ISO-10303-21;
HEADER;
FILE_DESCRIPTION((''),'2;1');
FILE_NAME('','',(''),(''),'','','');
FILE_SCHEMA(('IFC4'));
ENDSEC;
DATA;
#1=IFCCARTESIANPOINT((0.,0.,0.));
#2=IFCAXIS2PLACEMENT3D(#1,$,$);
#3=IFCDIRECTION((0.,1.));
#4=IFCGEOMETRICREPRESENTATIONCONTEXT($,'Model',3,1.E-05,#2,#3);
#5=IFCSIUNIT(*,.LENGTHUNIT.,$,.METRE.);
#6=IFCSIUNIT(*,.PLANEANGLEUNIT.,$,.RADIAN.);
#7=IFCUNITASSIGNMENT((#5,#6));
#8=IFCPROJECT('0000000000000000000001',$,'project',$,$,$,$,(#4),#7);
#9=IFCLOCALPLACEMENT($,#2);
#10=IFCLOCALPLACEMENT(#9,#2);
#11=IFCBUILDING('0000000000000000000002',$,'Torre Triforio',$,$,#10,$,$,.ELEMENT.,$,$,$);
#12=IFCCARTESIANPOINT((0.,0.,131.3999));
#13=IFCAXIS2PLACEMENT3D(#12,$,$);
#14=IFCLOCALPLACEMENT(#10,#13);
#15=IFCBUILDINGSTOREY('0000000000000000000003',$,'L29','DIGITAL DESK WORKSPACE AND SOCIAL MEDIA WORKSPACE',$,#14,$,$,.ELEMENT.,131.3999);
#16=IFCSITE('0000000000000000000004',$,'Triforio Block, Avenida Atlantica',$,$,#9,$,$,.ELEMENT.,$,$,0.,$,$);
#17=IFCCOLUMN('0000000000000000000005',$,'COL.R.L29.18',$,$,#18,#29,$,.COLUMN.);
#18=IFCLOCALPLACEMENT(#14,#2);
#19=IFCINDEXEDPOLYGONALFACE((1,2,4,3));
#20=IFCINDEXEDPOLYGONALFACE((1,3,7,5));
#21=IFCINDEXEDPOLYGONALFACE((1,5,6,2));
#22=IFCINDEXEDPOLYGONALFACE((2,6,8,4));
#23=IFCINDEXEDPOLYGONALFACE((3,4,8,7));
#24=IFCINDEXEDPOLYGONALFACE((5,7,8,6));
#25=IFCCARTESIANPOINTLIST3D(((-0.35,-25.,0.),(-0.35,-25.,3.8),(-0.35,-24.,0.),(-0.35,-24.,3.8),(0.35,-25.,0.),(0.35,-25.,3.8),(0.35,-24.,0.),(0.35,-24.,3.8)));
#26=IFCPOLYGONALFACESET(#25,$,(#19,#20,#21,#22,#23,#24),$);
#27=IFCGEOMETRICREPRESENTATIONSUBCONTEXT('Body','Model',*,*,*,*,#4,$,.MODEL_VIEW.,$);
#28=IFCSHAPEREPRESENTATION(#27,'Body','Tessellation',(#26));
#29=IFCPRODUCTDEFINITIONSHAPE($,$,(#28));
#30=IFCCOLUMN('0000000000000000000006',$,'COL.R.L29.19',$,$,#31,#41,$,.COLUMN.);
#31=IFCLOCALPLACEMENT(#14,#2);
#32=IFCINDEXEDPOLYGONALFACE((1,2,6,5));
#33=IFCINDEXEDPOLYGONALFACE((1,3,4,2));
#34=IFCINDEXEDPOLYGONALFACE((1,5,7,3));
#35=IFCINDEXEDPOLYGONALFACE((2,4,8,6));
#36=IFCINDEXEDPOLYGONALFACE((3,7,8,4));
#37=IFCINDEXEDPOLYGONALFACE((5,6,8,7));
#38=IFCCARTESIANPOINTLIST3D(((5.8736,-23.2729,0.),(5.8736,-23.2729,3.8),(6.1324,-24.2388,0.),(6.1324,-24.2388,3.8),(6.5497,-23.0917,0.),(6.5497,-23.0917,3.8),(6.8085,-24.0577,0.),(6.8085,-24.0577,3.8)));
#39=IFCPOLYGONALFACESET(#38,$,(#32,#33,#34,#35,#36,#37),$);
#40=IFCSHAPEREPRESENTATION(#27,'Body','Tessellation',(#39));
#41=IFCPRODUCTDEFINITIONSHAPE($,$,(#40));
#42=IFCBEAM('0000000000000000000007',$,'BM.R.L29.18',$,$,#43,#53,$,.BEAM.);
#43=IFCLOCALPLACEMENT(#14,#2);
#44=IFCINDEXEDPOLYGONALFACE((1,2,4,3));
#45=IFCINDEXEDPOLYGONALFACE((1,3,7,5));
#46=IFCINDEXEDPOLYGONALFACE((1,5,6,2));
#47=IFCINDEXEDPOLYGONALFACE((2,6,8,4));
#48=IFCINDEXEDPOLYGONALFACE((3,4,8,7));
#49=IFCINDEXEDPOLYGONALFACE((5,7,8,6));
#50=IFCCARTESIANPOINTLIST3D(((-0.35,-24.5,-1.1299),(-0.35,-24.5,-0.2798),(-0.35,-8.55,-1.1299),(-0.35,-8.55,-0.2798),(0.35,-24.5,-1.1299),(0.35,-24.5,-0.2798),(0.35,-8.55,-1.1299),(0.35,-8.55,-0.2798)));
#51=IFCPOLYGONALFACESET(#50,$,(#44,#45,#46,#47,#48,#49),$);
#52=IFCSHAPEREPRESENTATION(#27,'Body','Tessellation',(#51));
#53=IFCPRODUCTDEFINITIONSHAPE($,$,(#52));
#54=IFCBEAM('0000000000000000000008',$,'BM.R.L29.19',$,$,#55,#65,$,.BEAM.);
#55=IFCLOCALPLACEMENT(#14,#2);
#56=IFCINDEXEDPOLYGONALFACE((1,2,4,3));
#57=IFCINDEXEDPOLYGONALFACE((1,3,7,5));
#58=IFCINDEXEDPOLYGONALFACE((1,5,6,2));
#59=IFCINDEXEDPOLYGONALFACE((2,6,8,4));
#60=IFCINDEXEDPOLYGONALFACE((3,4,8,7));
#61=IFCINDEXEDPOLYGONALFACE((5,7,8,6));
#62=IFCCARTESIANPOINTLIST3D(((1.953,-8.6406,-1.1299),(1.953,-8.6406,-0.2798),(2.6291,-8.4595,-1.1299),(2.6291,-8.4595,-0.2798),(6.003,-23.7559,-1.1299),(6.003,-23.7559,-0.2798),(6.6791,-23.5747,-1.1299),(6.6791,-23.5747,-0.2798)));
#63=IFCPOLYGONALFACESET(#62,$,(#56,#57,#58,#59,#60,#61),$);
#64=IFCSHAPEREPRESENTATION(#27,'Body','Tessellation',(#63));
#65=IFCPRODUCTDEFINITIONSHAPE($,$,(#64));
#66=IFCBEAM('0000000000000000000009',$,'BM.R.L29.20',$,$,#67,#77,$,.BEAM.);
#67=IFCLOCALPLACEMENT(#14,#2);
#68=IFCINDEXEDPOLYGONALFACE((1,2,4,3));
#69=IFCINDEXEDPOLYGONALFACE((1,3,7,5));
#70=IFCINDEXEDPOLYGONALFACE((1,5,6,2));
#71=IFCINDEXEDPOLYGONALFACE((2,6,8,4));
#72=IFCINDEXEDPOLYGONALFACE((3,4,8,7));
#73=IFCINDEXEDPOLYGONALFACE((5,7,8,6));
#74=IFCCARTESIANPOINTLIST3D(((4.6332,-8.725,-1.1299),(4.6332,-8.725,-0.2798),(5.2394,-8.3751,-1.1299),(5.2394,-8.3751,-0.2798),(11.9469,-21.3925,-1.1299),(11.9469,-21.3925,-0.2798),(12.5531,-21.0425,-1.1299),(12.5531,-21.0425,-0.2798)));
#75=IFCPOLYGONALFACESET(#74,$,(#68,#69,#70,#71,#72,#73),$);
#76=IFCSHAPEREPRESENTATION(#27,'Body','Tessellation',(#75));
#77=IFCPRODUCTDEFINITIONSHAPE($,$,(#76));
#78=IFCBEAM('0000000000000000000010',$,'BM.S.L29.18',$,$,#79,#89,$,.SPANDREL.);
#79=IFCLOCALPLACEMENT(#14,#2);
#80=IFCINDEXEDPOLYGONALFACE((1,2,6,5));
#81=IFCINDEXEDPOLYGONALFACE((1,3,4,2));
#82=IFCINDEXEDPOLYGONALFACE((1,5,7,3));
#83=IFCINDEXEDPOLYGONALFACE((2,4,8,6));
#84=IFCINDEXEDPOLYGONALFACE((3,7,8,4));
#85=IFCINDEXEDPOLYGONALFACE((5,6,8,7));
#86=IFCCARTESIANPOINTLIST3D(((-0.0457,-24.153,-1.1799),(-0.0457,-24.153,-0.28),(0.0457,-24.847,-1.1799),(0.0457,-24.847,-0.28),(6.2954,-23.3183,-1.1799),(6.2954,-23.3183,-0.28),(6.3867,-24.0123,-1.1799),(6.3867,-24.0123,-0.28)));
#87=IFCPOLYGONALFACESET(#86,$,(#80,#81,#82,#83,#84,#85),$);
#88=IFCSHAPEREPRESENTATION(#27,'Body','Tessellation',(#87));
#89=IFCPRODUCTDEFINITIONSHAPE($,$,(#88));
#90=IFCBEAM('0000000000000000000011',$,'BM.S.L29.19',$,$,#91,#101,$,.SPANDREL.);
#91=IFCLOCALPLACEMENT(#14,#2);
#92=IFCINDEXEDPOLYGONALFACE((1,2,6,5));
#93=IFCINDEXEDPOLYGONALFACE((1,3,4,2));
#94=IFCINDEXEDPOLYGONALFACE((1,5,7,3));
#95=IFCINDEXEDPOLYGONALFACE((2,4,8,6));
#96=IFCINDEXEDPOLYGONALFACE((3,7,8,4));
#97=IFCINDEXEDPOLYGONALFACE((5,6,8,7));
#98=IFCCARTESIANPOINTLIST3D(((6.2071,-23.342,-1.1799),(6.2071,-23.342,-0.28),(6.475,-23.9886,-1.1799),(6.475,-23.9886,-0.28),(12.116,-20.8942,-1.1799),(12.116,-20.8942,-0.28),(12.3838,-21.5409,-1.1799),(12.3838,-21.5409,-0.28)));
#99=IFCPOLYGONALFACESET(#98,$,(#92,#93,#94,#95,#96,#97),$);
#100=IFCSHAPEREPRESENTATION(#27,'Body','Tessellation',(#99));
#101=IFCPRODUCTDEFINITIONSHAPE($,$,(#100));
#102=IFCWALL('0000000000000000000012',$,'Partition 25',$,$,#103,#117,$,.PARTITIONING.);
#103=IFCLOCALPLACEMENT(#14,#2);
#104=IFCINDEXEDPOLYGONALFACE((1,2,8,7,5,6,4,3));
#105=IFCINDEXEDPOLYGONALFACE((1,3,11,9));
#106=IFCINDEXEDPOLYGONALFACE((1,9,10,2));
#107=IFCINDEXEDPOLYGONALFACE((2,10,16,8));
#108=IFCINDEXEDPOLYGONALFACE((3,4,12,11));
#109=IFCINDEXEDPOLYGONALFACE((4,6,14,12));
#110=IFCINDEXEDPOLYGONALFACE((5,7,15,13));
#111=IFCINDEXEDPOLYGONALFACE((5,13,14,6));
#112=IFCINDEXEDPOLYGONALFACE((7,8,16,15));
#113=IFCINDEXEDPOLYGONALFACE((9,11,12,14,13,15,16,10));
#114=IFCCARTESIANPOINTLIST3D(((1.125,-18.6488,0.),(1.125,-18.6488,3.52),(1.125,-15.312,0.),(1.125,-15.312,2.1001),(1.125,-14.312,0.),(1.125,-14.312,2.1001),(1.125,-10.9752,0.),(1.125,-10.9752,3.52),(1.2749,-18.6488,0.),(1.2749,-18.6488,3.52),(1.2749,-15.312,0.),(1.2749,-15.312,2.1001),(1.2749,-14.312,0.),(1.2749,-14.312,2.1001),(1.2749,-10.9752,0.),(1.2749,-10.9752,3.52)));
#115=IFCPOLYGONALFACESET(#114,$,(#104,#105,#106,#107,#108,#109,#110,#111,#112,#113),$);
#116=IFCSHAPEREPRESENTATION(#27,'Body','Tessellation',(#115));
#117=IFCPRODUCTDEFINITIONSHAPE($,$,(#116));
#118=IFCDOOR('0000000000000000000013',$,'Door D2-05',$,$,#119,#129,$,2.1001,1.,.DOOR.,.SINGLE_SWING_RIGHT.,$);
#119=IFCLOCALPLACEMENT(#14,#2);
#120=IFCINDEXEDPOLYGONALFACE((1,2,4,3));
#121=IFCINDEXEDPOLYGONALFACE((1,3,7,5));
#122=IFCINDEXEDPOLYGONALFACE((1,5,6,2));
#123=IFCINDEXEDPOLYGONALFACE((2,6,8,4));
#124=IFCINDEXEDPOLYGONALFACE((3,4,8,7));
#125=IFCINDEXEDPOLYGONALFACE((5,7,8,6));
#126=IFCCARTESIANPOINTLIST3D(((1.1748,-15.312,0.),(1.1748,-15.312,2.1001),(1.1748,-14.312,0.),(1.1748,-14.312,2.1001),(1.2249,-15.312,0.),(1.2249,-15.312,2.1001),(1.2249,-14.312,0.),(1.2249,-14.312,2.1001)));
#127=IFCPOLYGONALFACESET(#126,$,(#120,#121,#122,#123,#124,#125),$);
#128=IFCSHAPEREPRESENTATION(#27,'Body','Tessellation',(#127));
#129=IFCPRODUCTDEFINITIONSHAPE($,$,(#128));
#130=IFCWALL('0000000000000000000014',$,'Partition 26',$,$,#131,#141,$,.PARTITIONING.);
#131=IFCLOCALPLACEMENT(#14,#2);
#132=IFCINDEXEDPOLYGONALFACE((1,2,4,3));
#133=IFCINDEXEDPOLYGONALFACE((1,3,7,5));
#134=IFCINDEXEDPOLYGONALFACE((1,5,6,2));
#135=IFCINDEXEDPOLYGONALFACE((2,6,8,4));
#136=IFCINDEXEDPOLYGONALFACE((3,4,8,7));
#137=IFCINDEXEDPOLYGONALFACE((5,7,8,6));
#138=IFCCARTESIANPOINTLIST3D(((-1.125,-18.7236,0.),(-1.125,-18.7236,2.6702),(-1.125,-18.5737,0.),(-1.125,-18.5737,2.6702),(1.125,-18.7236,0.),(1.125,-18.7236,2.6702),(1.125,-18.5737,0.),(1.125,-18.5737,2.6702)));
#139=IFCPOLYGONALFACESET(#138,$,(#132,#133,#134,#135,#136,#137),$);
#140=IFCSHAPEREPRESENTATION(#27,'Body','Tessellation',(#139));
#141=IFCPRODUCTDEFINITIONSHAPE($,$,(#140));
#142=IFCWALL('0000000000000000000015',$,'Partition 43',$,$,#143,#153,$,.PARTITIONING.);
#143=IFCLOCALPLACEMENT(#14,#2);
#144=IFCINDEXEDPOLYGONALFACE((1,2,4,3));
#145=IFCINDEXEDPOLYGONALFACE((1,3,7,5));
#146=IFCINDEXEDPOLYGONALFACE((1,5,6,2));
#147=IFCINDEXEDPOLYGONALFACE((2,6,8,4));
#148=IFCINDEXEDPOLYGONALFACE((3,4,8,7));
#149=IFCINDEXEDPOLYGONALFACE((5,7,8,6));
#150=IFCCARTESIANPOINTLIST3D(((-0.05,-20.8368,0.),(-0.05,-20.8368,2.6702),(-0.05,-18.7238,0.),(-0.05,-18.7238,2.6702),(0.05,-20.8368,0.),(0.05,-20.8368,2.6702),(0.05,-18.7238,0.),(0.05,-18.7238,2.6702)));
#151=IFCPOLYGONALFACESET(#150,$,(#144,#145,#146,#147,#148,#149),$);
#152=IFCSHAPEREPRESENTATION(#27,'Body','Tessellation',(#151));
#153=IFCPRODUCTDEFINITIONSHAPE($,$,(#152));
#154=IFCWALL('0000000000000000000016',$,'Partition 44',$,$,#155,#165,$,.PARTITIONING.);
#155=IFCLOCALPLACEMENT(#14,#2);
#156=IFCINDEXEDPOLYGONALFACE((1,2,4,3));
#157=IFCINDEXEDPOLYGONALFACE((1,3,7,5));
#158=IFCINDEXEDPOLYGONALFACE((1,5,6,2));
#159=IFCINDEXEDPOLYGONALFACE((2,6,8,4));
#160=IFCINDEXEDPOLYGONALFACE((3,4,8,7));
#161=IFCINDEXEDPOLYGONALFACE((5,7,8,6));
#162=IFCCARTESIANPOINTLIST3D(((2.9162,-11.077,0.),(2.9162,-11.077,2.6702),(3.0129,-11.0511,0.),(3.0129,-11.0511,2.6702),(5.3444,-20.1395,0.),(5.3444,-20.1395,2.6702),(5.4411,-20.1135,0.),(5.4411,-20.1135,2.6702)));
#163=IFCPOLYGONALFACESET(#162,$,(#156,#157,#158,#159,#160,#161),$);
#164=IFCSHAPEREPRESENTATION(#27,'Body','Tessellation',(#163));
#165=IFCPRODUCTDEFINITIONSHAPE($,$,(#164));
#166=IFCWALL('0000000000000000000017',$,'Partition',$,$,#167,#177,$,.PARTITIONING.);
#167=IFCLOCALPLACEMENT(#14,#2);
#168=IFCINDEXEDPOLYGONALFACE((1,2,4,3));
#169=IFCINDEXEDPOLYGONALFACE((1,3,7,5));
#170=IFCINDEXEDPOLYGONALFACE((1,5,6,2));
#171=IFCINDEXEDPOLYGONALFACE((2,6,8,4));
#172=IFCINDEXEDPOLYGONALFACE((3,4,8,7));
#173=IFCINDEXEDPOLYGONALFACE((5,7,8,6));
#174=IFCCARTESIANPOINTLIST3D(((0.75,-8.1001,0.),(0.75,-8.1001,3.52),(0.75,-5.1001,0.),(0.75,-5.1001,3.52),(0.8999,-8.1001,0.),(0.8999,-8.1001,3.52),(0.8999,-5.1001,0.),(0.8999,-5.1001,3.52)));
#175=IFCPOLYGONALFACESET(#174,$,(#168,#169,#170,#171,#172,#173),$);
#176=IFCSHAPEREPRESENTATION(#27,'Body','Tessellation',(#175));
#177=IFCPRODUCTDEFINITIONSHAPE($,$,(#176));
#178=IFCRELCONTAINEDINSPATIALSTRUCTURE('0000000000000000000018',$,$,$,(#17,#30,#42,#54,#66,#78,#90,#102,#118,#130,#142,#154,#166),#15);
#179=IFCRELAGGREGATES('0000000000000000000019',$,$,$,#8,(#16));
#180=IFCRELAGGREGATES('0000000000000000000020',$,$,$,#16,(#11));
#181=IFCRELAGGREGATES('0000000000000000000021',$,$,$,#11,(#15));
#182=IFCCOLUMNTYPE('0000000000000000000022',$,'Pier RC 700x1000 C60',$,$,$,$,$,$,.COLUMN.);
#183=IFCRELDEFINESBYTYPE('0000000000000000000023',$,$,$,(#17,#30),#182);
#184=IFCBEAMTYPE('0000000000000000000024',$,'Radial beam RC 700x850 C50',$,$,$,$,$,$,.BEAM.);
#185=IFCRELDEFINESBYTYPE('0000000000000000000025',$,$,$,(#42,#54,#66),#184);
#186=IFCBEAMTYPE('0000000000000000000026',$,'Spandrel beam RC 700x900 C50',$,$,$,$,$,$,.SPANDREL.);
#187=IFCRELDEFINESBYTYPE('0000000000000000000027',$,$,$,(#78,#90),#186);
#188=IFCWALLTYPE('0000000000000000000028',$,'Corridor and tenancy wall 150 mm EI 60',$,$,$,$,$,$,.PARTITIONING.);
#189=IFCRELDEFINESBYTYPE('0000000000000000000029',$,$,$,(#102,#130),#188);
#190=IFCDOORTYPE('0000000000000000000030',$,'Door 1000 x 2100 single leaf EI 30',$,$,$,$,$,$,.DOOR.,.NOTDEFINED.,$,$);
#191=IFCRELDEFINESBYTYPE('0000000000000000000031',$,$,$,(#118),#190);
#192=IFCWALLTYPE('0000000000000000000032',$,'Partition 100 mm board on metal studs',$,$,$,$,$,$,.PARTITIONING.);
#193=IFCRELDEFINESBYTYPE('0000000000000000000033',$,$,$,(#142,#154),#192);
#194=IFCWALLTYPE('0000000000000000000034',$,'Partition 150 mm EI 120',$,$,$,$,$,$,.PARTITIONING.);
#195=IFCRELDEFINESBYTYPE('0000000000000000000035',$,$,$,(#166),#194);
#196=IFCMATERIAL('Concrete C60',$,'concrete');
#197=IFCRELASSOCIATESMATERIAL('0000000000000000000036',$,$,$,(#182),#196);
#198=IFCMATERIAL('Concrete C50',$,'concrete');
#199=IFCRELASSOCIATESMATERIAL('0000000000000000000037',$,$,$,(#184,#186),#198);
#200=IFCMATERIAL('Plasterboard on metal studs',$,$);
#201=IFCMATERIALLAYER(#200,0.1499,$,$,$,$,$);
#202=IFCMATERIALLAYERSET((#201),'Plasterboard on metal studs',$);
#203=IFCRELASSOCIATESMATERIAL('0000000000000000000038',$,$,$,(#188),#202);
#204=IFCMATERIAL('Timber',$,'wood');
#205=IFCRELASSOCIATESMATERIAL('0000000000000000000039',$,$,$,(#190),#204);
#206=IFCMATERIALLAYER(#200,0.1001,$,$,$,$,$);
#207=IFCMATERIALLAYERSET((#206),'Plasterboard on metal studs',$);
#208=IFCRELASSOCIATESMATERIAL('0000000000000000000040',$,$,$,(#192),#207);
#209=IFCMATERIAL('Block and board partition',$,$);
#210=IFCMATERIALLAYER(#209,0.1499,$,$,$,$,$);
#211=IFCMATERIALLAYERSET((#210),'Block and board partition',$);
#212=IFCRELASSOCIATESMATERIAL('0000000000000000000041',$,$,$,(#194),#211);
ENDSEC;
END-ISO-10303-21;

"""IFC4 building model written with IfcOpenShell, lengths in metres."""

from ifc_helpers import new_model, si_unit, direction, frame, frame_2d, origin, origin_2d, place, context, subcontext, project, spatial, rectangle, extrude, material, layer, layer_set, material_profile, profile_set, type_object, element, fill, save


model = new_model("IFC4")

# Units and contexts
model_context = context("Model", 3, precision=1e-05, world=origin(), true_north=direction((0.0, 1.0)))
body_context = subcontext(model_context, "Body", "Model", "MODEL_VIEW")
ifc_project = project(units=[si_unit("LENGTHUNIT", "METRE"), si_unit("PLANEANGLEUNIT", "RADIAN")], contexts=[model_context])

# Site, building, storey
site_placement = place(None, origin())
site = spatial("IfcSite", under=ifc_project, at=site_placement, Name="Triforio Block, Avenida Atlantica", CompositionType="ELEMENT", RefElevation=0.0)
building_placement = place(site_placement, origin())
building = spatial("IfcBuilding", under=site, at=building_placement, Name="Torre Triforio", CompositionType="ELEMENT")
storey_placement = place(building_placement, frame((0.0, 0.0, 131.3999)))
storey = spatial("IfcBuildingStorey", under=building, at=storey_placement, Name="L29", Description="DIGITAL DESK WORKSPACE AND SOCIAL MEDIA WORKSPACE", CompositionType="ELEMENT", Elevation=131.3999)

# Columns
ifc_material_1 = material(Name="Concrete C60", Category="concrete")
ifc_material_profile_1 = material_profile(ifc_material_1, rectangle(XDim=0.7, YDim=1.0, at=origin_2d()), Name="RC 700x1000")
ifc_profile_set_1 = profile_set([ifc_material_profile_1], Name="Concrete C60")
column_type = type_object("IfcColumnType", Name="Pier RC 700x1000 C60", PredefinedType="COLUMN", material=ifc_profile_set_1)
for number, where, z_axis, x_axis, name in (
    (1, (0.0, -24.5, 0.0), (0.0, 0.0, 1.0), (1.0, 0.0, 0.0), "COL.R.L29.18"),
    (2, (6.3411, -23.6653, 0.0), (0.0, 0.0, 1.0), (0.965926, 0.258819, 0.0), "COL.R.L29.19"),
):
    element("IfcColumn", number, at=place(storey_placement, frame(where, z_axis=z_axis, x_axis=x_axis)), inside=storey, type_object=column_type, Name=name, PredefinedType="COLUMN", context=body_context, shape_type="SweptSolid", body=[
        extrude(rectangle(XDim=0.7, YDim=1.0, at=origin_2d()), origin(), (0.0, 0.0, 1.0), 3.8),
    ])

# Beams
ifc_material_2 = material(Name="Concrete C50", Category="concrete")
ifc_material_profile_2 = material_profile(ifc_material_2, rectangle(XDim=0.7, YDim=0.8501, at=origin_2d()), Name="RC 700x850")
ifc_profile_set_2 = profile_set([ifc_material_profile_2], Name="Concrete C50")
beam_type_1 = type_object("IfcBeamType", Name="Radial beam RC 700x850 C50", PredefinedType="BEAM", material=ifc_profile_set_2)
beam_1_placement = place(storey_placement, frame((0.0, -8.55, -0.7048), z_axis=(0.0, -1.0, 0.0), x_axis=(1.0, 0.0, 0.0)))
element("IfcBeam", 3, at=beam_1_placement, inside=storey, type_object=beam_type_1, Name="BM.R.L29.18", PredefinedType="BEAM", context=body_context, shape_type="SweptSolid", body=[
    extrude(rectangle(XDim=0.7, YDim=0.8501, at=origin_2d()), origin(), (0.0, 0.0, 1.0), 15.95),
])
beam_2_placement = place(storey_placement, frame((2.291, -8.55, -0.7048), z_axis=(0.258815, -0.965927, 0.0), x_axis=(0.965927, 0.258815, 0.0)))
element("IfcBeam", 4, at=beam_2_placement, inside=storey, type_object=beam_type_1, Name="BM.R.L29.19", PredefinedType="BEAM", context=body_context, shape_type="SweptSolid", body=[
    extrude(rectangle(XDim=0.7, YDim=0.8501, at=origin_2d()), origin(), (0.0, 0.0, 1.0), 15.6484),
])
beam_3_placement = place(storey_placement, frame((4.9363, -8.55, -0.7048), z_axis=(0.500008, -0.866021, 0.0), x_axis=(0.866021, 0.500008, 0.0)))
element("IfcBeam", 5, at=beam_3_placement, inside=storey, type_object=beam_type_1, Name="BM.R.L29.20", PredefinedType="BEAM", context=body_context, shape_type="SweptSolid", body=[
    extrude(rectangle(XDim=0.7, YDim=0.8501, at=origin_2d()), origin(), (0.0, 0.0, 1.0), 14.6272),
])
ifc_material_profile_3 = material_profile(ifc_material_2, rectangle(XDim=0.7, YDim=0.8999, at=origin_2d()), Name="RC 700x900")
ifc_profile_set_3 = profile_set([ifc_material_profile_3], Name="Concrete C50")
beam_type_2 = type_object("IfcBeamType", Name="Spandrel beam RC 700x900 C50", PredefinedType="SPANDREL", material=ifc_profile_set_3)
for number, where, z_axis, x_axis, name in (
    (6, (0.0, -24.5, -0.73), (0.991447, 0.130511, 0.0), (-0.130511, 0.991447, 0.0), "BM.S.L29.18"),
    (7, (6.3411, -23.6653, -0.73), (0.923869, 0.382709, 0.0), (-0.382709, 0.923869, 0.0), "BM.S.L29.19"),
):
    element("IfcBeam", number, at=place(storey_placement, frame(where, z_axis=z_axis, x_axis=x_axis)), inside=storey, type_object=beam_type_2, Name=name, PredefinedType="SPANDREL", context=body_context, shape_type="SweptSolid", body=[
        extrude(rectangle(XDim=0.7, YDim=0.8999, at=origin_2d()), origin(), (0.0, 0.0, 1.0), 6.3958),
    ])

# Wall, opening, door
ifc_material_3 = material(Name="Plasterboard on metal studs")
ifc_layer_1 = layer(ifc_material_3, 0.1499)
ifc_layer_set_1 = layer_set([ifc_layer_1], Name="Plasterboard on metal studs")
wall_type_1 = type_object("IfcWallType", Name="Corridor and tenancy wall 150 mm EI 60", PredefinedType="PARTITIONING", material=ifc_layer_set_1)
wall_1_placement = place(storey_placement, frame((1.2, -10.9751, 0.0), z_axis=(0.0, 0.0, 1.0), x_axis=(0.0, -1.0, 0.0)))
wall_1 = element("IfcWall", 8, at=wall_1_placement, inside=storey, type_object=wall_type_1, Name="Partition 25", PredefinedType="PARTITIONING", context=body_context, shape_type="SweptSolid", body=[
    extrude(rectangle(XDim=7.6736, YDim=0.1499, at=frame_2d((3.8369, 0.0))), origin(), (0.0, 0.0, 1.0), 3.52),
])
opening_1_placement = place(wall_1_placement, frame((3.3369, 0.0, 0.0)))
opening_1 = element("IfcOpeningElement", 9, at=opening_1_placement, cuts=wall_1, PredefinedType="OPENING", context=body_context, shape_type="SweptSolid", body=[
    extrude(rectangle(XDim=1.0, YDim=2.1001, at=frame_2d((0.5, 1.05))), frame((0.0, 0.085, 0.0), z_axis=(0.0, -1.0, 0.0), x_axis=(1.0, 0.0, 0.0)), (0.0, 0.0, 1.0), 0.1699),
])
ifc_material_4 = material(Name="Timber", Category="wood")
door_type_1 = type_object("IfcDoorType", Name="Door 1000 x 2100 single leaf EI 30", OperationType="NOTDEFINED", PredefinedType="DOOR", material=ifc_material_4)
door_1_placement = place(opening_1_placement, origin())
door_1 = element("IfcDoor", 10, at=door_1_placement, inside=storey, type_object=door_type_1, Name="Door D2-05", OperationType="SINGLE_SWING_RIGHT", OverallHeight=2.1001, OverallWidth=1.0, PredefinedType="DOOR", context=body_context, shape_type="SweptSolid", body=[
    extrude(rectangle(XDim=1.0, YDim=2.1001, at=frame_2d((0.5, 1.05))), frame((0.0, 0.0249, 0.0), z_axis=(0.0, -1.0, 0.0), x_axis=(1.0, 0.0, 0.0)), (0.0, 0.0, 1.0), 0.05),
])
fill(opening_1, door_1)

# Walls
wall_2_placement = place(storey_placement, frame((1.125, -18.6487, 0.0), z_axis=(0.0, 0.0, 1.0), x_axis=(-1.0, 0.0, 0.0)))
element("IfcWall", 11, at=wall_2_placement, inside=storey, type_object=wall_type_1, Name="Partition 26", PredefinedType="PARTITIONING", context=body_context, shape_type="SweptSolid", body=[
    extrude(rectangle(XDim=2.25, YDim=0.1499, at=frame_2d((1.125, 0.0))), origin(), (0.0, 0.0, 1.0), 2.6702),
])
ifc_layer_2 = layer(ifc_material_3, 0.1001)
ifc_layer_set_2 = layer_set([ifc_layer_2], Name="Plasterboard on metal studs")
wall_type_2 = type_object("IfcWallType", Name="Partition 100 mm board on metal studs", PredefinedType="PARTITIONING", material=ifc_layer_set_2)
wall_3_placement = place(storey_placement, frame((0.0, -18.7236, 0.0), z_axis=(0.0, 0.0, 1.0), x_axis=(0.0, -1.0, 0.0)))
element("IfcWall", 12, at=wall_3_placement, inside=storey, type_object=wall_type_2, Name="Partition 43", PredefinedType="PARTITIONING", context=body_context, shape_type="SweptSolid", body=[
    extrude(rectangle(XDim=2.113, YDim=0.1001, at=frame_2d((1.0566, 0.0))), origin(), (0.0, 0.0, 1.0), 2.6702),
])
wall_4_placement = place(storey_placement, frame((2.9646, -11.0642, 0.0), z_axis=(0.0, 0.0, 1.0), x_axis=(0.258812, -0.965928, 0.0)))
element("IfcWall", 13, at=wall_4_placement, inside=storey, type_object=wall_type_2, Name="Partition 44", PredefinedType="PARTITIONING", context=body_context, shape_type="SweptSolid", body=[
    extrude(rectangle(XDim=9.3821, YDim=0.1001, at=frame_2d((4.6909, 0.0))), origin(), (0.0, 0.0, 1.0), 2.6702),
])
ifc_material_5 = material(Name="Block and board partition")
ifc_layer_3 = layer(ifc_material_5, 0.1499)
ifc_layer_set_3 = layer_set([ifc_layer_3], Name="Block and board partition")
wall_type_3 = type_object("IfcWallType", Name="Partition 150 mm EI 120", PredefinedType="PARTITIONING", material=ifc_layer_set_3)
wall_5_placement = place(storey_placement, frame((0.825, -8.1001, 0.0), z_axis=(0.0, 0.0, 1.0), x_axis=(0.0, 1.0, 0.0)))
element("IfcWall", 14, at=wall_5_placement, inside=storey, type_object=wall_type_3, Name="Partition", PredefinedType="PARTITIONING", context=body_context, shape_type="SweptSolid", body=[
    extrude(rectangle(XDim=3.0, YDim=0.1499, at=frame_2d((1.5, 0.0))), origin(), (0.0, 0.0, 1.0), 3.52),
])

save(model, "model.ifc")
